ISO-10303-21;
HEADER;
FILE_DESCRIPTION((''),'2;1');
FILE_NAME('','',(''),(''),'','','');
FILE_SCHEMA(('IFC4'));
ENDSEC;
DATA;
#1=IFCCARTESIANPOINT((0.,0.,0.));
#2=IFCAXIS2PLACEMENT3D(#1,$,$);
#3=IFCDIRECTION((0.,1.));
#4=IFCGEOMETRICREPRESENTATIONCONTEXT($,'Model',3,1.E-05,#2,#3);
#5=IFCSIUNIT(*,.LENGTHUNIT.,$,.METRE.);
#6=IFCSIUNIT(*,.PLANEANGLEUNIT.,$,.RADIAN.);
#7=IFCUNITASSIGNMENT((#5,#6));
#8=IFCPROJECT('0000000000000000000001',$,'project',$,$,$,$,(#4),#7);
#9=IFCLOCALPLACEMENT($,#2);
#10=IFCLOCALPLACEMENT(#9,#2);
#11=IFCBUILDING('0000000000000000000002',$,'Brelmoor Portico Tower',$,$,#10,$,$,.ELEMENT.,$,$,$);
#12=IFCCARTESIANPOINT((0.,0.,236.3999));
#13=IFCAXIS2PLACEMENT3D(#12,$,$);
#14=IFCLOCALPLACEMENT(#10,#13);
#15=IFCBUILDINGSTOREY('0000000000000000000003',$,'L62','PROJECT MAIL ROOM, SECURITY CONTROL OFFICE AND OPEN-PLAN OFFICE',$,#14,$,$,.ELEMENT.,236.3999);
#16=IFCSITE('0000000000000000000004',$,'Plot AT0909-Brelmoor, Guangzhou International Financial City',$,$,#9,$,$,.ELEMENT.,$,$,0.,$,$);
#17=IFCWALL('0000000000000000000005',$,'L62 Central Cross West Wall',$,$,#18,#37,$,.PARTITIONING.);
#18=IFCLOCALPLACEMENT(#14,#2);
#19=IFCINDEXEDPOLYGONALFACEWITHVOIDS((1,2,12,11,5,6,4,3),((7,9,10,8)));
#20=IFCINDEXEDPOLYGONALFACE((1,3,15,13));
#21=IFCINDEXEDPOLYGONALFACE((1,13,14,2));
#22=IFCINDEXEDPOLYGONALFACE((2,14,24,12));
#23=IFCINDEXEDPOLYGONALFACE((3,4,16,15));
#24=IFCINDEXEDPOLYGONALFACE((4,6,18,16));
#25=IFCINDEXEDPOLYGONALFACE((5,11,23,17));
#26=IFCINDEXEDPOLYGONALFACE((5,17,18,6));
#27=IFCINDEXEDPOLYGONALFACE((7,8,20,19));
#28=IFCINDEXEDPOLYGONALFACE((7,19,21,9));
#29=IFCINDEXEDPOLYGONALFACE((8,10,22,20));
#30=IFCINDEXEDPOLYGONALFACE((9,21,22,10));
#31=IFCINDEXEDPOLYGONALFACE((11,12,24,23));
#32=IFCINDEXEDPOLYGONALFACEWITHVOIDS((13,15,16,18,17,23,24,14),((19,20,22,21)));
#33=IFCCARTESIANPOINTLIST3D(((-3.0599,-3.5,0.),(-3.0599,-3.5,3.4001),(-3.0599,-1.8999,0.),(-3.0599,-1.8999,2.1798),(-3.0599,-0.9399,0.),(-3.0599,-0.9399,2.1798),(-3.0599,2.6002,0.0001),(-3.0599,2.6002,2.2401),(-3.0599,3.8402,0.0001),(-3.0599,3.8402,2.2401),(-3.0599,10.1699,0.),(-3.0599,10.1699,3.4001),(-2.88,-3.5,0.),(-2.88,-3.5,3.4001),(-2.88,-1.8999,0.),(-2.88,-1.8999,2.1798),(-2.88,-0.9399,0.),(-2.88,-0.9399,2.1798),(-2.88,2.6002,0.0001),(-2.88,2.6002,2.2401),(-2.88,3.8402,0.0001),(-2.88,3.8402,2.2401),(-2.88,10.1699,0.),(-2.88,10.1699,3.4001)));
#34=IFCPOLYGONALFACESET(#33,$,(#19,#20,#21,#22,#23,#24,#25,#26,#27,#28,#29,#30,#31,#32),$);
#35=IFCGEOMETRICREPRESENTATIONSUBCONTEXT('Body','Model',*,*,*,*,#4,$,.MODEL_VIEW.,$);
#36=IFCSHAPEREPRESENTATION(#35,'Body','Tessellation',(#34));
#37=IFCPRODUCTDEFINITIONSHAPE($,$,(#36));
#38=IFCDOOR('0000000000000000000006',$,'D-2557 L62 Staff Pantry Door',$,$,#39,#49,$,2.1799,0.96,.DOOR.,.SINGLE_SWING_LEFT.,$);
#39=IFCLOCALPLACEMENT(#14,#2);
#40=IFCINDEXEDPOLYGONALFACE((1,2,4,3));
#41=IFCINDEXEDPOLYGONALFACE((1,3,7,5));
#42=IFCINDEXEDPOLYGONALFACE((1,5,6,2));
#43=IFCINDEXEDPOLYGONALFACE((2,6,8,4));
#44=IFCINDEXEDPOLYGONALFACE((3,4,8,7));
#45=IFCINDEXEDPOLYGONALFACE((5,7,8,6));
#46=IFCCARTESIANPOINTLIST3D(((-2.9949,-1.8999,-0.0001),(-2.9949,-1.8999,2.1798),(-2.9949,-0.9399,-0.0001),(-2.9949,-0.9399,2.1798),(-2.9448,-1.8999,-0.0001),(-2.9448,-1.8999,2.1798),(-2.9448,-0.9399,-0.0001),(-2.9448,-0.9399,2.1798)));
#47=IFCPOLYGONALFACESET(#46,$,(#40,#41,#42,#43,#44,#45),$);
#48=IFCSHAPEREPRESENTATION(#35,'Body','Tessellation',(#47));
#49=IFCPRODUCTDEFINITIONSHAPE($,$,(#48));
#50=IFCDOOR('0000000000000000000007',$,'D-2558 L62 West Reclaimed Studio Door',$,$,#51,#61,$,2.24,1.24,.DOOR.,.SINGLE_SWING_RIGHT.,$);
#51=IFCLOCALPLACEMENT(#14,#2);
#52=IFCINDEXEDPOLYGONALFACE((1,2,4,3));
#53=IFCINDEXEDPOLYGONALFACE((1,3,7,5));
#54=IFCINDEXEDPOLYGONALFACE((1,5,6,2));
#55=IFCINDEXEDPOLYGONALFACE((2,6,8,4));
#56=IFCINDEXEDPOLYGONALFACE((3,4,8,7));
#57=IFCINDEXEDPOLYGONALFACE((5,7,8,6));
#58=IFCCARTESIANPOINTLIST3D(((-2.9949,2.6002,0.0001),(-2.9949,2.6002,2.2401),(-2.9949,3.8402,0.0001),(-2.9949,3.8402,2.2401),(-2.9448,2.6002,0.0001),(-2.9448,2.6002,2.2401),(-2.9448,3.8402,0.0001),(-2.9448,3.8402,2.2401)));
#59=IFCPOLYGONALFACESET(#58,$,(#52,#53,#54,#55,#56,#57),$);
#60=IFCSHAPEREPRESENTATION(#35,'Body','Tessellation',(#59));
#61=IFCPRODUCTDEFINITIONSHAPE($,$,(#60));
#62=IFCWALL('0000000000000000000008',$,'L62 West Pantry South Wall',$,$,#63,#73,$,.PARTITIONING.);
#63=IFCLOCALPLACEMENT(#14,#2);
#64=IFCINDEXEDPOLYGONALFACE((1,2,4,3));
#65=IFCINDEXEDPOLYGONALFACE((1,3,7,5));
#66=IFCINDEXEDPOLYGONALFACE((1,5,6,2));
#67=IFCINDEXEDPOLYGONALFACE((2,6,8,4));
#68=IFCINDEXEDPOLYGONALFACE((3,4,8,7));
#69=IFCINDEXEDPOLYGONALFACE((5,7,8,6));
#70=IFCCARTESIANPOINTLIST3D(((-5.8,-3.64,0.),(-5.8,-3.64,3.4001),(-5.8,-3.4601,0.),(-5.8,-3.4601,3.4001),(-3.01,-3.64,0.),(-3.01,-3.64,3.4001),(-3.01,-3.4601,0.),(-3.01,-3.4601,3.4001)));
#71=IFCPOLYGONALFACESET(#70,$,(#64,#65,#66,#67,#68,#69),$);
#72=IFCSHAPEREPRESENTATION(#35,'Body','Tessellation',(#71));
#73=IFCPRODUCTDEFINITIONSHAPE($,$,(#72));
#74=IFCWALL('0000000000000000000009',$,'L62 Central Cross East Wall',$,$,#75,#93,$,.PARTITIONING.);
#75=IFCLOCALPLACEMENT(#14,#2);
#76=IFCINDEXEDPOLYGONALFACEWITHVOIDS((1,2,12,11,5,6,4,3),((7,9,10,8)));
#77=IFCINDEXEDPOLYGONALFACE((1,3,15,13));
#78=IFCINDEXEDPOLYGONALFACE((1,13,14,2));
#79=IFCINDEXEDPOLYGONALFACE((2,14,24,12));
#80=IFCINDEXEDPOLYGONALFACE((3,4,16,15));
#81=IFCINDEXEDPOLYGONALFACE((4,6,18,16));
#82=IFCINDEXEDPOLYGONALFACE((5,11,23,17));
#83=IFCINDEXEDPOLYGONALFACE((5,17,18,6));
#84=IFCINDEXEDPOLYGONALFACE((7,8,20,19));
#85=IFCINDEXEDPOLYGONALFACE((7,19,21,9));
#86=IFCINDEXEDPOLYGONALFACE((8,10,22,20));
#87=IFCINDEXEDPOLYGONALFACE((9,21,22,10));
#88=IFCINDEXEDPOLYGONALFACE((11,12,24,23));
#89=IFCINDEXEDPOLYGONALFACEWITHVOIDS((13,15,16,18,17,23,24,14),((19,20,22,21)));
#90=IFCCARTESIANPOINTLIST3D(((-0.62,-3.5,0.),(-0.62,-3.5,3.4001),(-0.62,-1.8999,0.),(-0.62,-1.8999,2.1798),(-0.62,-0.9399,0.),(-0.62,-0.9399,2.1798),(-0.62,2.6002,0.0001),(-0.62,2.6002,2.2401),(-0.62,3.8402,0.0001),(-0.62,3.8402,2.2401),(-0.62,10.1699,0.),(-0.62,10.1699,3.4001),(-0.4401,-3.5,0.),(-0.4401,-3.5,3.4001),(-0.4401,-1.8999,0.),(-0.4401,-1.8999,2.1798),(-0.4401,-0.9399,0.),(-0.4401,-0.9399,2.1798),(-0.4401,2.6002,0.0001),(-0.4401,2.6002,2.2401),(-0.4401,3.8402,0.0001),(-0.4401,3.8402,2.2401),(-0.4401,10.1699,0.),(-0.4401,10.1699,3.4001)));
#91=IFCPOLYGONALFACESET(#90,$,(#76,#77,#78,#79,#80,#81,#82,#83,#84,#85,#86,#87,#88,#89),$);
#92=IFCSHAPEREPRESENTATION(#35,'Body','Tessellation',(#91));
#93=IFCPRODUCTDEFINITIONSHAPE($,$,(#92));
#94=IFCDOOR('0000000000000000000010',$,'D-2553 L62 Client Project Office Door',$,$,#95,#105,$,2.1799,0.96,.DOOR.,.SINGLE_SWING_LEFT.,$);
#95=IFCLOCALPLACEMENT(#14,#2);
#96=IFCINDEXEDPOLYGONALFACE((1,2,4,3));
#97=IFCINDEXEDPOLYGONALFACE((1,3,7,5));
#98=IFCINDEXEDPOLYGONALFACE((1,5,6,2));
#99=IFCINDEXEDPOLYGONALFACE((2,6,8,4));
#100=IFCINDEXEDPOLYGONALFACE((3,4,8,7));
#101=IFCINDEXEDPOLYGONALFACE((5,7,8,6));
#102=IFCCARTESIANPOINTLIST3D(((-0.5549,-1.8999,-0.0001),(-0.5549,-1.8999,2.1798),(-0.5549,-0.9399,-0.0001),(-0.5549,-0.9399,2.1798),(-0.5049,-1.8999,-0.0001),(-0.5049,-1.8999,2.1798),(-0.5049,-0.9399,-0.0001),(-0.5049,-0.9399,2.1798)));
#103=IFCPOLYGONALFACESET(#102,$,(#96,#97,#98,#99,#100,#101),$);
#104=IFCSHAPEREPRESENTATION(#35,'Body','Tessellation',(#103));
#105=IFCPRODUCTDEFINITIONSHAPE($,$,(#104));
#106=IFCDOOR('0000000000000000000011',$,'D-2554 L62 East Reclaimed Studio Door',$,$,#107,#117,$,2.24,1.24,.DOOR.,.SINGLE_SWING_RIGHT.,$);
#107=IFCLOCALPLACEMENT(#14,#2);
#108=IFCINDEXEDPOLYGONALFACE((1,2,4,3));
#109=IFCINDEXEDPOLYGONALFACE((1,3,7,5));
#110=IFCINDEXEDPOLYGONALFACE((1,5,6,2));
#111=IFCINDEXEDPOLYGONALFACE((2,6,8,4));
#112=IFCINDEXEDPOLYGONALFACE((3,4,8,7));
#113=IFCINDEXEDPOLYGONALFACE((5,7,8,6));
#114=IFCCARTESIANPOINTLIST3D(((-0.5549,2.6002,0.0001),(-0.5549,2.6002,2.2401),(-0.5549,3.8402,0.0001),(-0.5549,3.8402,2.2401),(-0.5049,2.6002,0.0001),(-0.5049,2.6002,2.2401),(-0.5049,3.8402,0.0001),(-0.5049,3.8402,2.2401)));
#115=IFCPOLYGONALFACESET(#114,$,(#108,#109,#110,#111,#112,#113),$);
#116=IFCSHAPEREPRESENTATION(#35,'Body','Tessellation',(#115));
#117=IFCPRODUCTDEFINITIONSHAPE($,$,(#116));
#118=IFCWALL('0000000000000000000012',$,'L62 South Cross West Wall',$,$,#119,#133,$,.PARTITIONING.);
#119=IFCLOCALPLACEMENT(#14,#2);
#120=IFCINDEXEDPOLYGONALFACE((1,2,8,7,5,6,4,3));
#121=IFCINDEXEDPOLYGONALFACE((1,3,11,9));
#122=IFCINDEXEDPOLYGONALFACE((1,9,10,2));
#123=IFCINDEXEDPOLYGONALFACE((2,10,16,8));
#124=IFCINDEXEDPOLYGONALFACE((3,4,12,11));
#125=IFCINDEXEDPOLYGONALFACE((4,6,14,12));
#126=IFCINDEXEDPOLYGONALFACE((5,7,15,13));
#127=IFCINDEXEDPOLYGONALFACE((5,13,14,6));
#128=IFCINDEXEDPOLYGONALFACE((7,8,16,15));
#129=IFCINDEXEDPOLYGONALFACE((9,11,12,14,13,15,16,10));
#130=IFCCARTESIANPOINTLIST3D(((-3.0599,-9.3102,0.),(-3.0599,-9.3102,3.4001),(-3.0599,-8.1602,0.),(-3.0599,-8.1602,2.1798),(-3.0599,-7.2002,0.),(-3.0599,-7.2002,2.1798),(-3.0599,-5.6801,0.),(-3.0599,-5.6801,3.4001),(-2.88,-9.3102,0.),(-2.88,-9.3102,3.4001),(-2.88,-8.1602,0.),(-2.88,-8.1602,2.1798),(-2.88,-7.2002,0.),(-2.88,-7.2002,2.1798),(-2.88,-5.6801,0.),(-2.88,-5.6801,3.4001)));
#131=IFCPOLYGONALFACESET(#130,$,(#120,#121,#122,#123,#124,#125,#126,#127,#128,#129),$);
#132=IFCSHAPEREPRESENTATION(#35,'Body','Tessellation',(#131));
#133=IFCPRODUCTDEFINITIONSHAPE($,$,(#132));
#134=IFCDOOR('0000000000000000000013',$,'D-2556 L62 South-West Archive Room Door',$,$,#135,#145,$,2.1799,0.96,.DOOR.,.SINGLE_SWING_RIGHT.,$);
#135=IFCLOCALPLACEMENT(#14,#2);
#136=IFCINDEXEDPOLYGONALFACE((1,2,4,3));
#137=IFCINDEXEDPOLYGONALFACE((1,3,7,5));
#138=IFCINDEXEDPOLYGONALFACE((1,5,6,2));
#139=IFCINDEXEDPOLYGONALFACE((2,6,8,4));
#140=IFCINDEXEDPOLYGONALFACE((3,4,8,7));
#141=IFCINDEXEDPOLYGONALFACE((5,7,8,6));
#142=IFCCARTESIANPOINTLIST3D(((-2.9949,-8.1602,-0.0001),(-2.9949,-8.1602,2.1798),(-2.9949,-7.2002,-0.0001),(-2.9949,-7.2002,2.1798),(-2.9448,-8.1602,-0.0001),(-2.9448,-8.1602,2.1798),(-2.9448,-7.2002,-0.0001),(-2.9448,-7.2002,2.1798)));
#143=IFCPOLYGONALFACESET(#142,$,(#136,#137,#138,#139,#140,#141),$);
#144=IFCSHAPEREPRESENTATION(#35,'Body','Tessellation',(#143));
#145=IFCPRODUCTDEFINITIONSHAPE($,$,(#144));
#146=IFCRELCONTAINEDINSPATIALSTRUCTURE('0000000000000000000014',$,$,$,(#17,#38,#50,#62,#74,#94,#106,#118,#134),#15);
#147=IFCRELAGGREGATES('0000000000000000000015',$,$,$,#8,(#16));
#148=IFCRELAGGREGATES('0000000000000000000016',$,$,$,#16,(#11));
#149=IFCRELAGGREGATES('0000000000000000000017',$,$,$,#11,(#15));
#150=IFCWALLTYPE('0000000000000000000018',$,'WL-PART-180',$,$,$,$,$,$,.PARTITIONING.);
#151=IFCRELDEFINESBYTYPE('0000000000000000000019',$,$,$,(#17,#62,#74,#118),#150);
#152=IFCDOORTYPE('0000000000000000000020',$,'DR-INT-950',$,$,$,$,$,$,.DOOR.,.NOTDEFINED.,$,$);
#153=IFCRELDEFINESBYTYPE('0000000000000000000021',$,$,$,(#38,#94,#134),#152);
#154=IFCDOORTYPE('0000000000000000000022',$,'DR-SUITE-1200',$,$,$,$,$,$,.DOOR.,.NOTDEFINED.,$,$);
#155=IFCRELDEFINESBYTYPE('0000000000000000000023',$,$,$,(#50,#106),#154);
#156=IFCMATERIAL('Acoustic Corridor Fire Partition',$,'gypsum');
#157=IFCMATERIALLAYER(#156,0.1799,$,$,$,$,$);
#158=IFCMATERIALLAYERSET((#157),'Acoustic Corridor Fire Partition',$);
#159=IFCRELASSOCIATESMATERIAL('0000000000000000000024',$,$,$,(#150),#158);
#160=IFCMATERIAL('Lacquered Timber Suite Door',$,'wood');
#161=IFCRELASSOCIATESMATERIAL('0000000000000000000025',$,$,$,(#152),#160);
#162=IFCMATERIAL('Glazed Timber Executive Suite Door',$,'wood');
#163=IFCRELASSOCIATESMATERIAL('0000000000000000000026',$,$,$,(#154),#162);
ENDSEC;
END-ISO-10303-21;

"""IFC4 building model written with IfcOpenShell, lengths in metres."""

from ifc_helpers import new_model, si_unit, direction, frame, frame_2d, origin, place, context, subcontext, project, spatial, rectangle, extrude, material, layer, layer_set, type_object, element, fill, save


model = new_model("IFC4")

# Units and contexts
model_context = context("Model", 3, precision=1e-05, world=origin(), true_north=direction((0.0, 1.0)))
body_context = subcontext(model_context, "Body", "Model", "MODEL_VIEW")
ifc_project = project(units=[si_unit("LENGTHUNIT", "METRE"), si_unit("PLANEANGLEUNIT", "RADIAN")], contexts=[model_context])

# Site, building, storey
site_placement = place(None, origin())
site = spatial("IfcSite", under=ifc_project, at=site_placement, Name="Plot AT0909-Brelmoor, Guangzhou International Financial City", CompositionType="ELEMENT", RefElevation=0.0)
building_placement = place(site_placement, origin())
building = spatial("IfcBuilding", under=site, at=building_placement, Name="Brelmoor Portico Tower", CompositionType="ELEMENT")
storey_placement = place(building_placement, frame((0.0, 0.0, 236.3999)))
storey = spatial("IfcBuildingStorey", under=building, at=storey_placement, Name="L62", Description="PROJECT MAIL ROOM, SECURITY CONTROL OFFICE AND OPEN-PLAN OFFICE", CompositionType="ELEMENT", Elevation=236.3999)

# Wall, openings, doors
ifc_material_1 = material(Name="Acoustic Corridor Fire Partition", Category="gypsum")
ifc_layer_1 = layer(ifc_material_1, 0.1799)
ifc_layer_set_1 = layer_set([ifc_layer_1], Name="Acoustic Corridor Fire Partition")
wall_type_1 = type_object("IfcWallType", Name="WL-PART-180", PredefinedType="PARTITIONING", material=ifc_layer_set_1)
wall_1_placement = place(storey_placement, frame((-2.97, -3.5, 0.0), z_axis=(0.0, 0.0, 1.0), x_axis=(0.0, 1.0, 0.0)))
wall_1 = element("IfcWall", 1, at=wall_1_placement, inside=storey, type_object=wall_type_1, Name="L62 Central Cross West Wall", PredefinedType="PARTITIONING", context=body_context, shape_type="SweptSolid", body=[
    extrude(rectangle(XDim=13.6699, YDim=0.1799, at=frame_2d((6.835, 0.0))), origin(), (0.0, 0.0, 1.0), 3.4001),
])
opening_1_placement = place(wall_1_placement, frame((6.1001, 0.0, 0.0)))
opening_1 = element("IfcOpeningElement", 2, at=opening_1_placement, cuts=wall_1, PredefinedType="OPENING", context=body_context, shape_type="SweptSolid", body=[
    extrude(rectangle(XDim=1.24, YDim=2.24, at=frame_2d((0.6201, 1.1201))), frame((0.0, 0.0999, 0.0), z_axis=(0.0, -1.0, 0.0), x_axis=(1.0, 0.0, 0.0)), (0.0, 0.0, 1.0), 0.2),
])
opening_2_placement = place(wall_1_placement, frame((1.6001, 0.0, 0.0)))
opening_2 = element("IfcOpeningElement", 3, at=opening_2_placement, cuts=wall_1, PredefinedType="OPENING", context=body_context, shape_type="SweptSolid", body=[
    extrude(rectangle(XDim=0.96, YDim=2.1799, at=frame_2d((0.48, 1.0898))), frame((0.0, 0.0999, 0.0), z_axis=(0.0, -1.0, 0.0), x_axis=(1.0, 0.0, 0.0)), (0.0, 0.0, 1.0), 0.2),
])
ifc_material_2 = material(Name="Lacquered Timber Suite Door", Category="wood")
door_type_1 = type_object("IfcDoorType", Name="DR-INT-950", OperationType="NOTDEFINED", PredefinedType="DOOR", material=ifc_material_2)
door_1_placement = place(opening_2_placement, origin())
door_1 = element("IfcDoor", 4, at=door_1_placement, inside=storey, type_object=door_type_1, Name="D-2557 L62 Staff Pantry Door", OperationType="SINGLE_SWING_LEFT", OverallHeight=2.1799, OverallWidth=0.96, PredefinedType="DOOR", context=body_context, shape_type="SweptSolid", body=[
    extrude(rectangle(XDim=0.96, YDim=2.1799, at=frame_2d((0.48, 1.0898))), frame((0.0, 0.0249, 0.0), z_axis=(0.0, -1.0, 0.0), x_axis=(1.0, 0.0, 0.0)), (0.0, 0.0, 1.0), 0.05),
])
fill(opening_2, door_1)
ifc_material_3 = material(Name="Glazed Timber Executive Suite Door", Category="wood")
door_type_2 = type_object("IfcDoorType", Name="DR-SUITE-1200", OperationType="NOTDEFINED", PredefinedType="DOOR", material=ifc_material_3)
door_2_placement = place(opening_1_placement, origin())
door_2 = element("IfcDoor", 5, at=door_2_placement, inside=storey, type_object=door_type_2, Name="D-2558 L62 West Reclaimed Studio Door", OperationType="SINGLE_SWING_RIGHT", OverallHeight=2.24, OverallWidth=1.24, PredefinedType="DOOR", context=body_context, shape_type="SweptSolid", body=[
    extrude(rectangle(XDim=1.24, YDim=2.24, at=frame_2d((0.6201, 1.1201))), frame((0.0, 0.0249, 0.0), z_axis=(0.0, -1.0, 0.0), x_axis=(1.0, 0.0, 0.0)), (0.0, 0.0, 1.0), 0.05),
])
fill(opening_1, door_2)

# Wall
wall_2_placement = place(storey_placement, frame((-5.8, -3.55, 0.0), z_axis=(0.0, 0.0, 1.0), x_axis=(1.0, 0.0, 0.0)))
element("IfcWall", 6, at=wall_2_placement, inside=storey, type_object=wall_type_1, Name="L62 West Pantry South Wall", PredefinedType="PARTITIONING", context=body_context, shape_type="SweptSolid", body=[
    extrude(rectangle(XDim=2.79, YDim=0.1799, at=frame_2d((1.395, 0.0))), origin(), (0.0, 0.0, 1.0), 3.4001),
])

# Wall, openings, doors
wall_3_placement = place(storey_placement, frame((-0.53, -3.5, 0.0), z_axis=(0.0, 0.0, 1.0), x_axis=(0.0, 1.0, 0.0)))
wall_3 = element("IfcWall", 7, at=wall_3_placement, inside=storey, type_object=wall_type_1, Name="L62 Central Cross East Wall", PredefinedType="PARTITIONING", context=body_context, shape_type="SweptSolid", body=[
    extrude(rectangle(XDim=13.6699, YDim=0.1799, at=frame_2d((6.835, 0.0))), origin(), (0.0, 0.0, 1.0), 3.4001),
])
opening_3_placement = place(wall_3_placement, frame((6.1001, 0.0, 0.0)))
opening_3 = element("IfcOpeningElement", 8, at=opening_3_placement, cuts=wall_3, PredefinedType="OPENING", context=body_context, shape_type="SweptSolid", body=[
    extrude(rectangle(XDim=1.24, YDim=2.24, at=frame_2d((0.6201, 1.1201))), frame((0.0, 0.0999, 0.0), z_axis=(0.0, -1.0, 0.0), x_axis=(1.0, 0.0, 0.0)), (0.0, 0.0, 1.0), 0.2),
])
opening_4_placement = place(wall_3_placement, frame((1.6001, 0.0, 0.0)))
opening_4 = element("IfcOpeningElement", 9, at=opening_4_placement, cuts=wall_3, PredefinedType="OPENING", context=body_context, shape_type="SweptSolid", body=[
    extrude(rectangle(XDim=0.96, YDim=2.1799, at=frame_2d((0.48, 1.0898))), frame((0.0, 0.0999, 0.0), z_axis=(0.0, -1.0, 0.0), x_axis=(1.0, 0.0, 0.0)), (0.0, 0.0, 1.0), 0.2),
])
door_3_placement = place(opening_4_placement, origin())
door_3 = element("IfcDoor", 10, at=door_3_placement, inside=storey, type_object=door_type_1, Name="D-2553 L62 Client Project Office Door", OperationType="SINGLE_SWING_LEFT", OverallHeight=2.1799, OverallWidth=0.96, PredefinedType="DOOR", context=body_context, shape_type="SweptSolid", body=[
    extrude(rectangle(XDim=0.96, YDim=2.1799, at=frame_2d((0.48, 1.0898))), frame((0.0, 0.0249, 0.0), z_axis=(0.0, -1.0, 0.0), x_axis=(1.0, 0.0, 0.0)), (0.0, 0.0, 1.0), 0.05),
])
fill(opening_4, door_3)
door_4_placement = place(opening_3_placement, origin())
door_4 = element("IfcDoor", 11, at=door_4_placement, inside=storey, type_object=door_type_2, Name="D-2554 L62 East Reclaimed Studio Door", OperationType="SINGLE_SWING_RIGHT", OverallHeight=2.24, OverallWidth=1.24, PredefinedType="DOOR", context=body_context, shape_type="SweptSolid", body=[
    extrude(rectangle(XDim=1.24, YDim=2.24, at=frame_2d((0.6201, 1.1201))), frame((0.0, 0.0249, 0.0), z_axis=(0.0, -1.0, 0.0), x_axis=(1.0, 0.0, 0.0)), (0.0, 0.0, 1.0), 0.05),
])
fill(opening_3, door_4)

# Wall, opening, door
wall_4_placement = place(storey_placement, frame((-2.97, -9.3101, 0.0), z_axis=(0.0, 0.0, 1.0), x_axis=(0.0, 1.0, 0.0)))
wall_4 = element("IfcWall", 12, at=wall_4_placement, inside=storey, type_object=wall_type_1, Name="L62 South Cross West Wall", PredefinedType="PARTITIONING", context=body_context, shape_type="SweptSolid", body=[
    extrude(rectangle(XDim=3.6301, YDim=0.1799, at=frame_2d((1.8149, 0.0))), origin(), (0.0, 0.0, 1.0), 3.4001),
])
opening_5_placement = place(wall_4_placement, frame((1.1499, 0.0, 0.0)))
opening_5 = element("IfcOpeningElement", 13, at=opening_5_placement, cuts=wall_4, PredefinedType="OPENING", context=body_context, shape_type="SweptSolid", body=[
    extrude(rectangle(XDim=0.96, YDim=2.1799, at=frame_2d((0.48, 1.0898))), frame((0.0, 0.0999, 0.0), z_axis=(0.0, -1.0, 0.0), x_axis=(1.0, 0.0, 0.0)), (0.0, 0.0, 1.0), 0.2),
])
door_5_placement = place(opening_5_placement, origin())
door_5 = element("IfcDoor", 14, at=door_5_placement, inside=storey, type_object=door_type_1, Name="D-2556 L62 South-West Archive Room Door", OperationType="SINGLE_SWING_RIGHT", OverallHeight=2.1799, OverallWidth=0.96, PredefinedType="DOOR", context=body_context, shape_type="SweptSolid", body=[
    extrude(rectangle(XDim=0.96, YDim=2.1799, at=frame_2d((0.48, 1.0898))), frame((0.0, 0.0249, 0.0), z_axis=(0.0, -1.0, 0.0), x_axis=(1.0, 0.0, 0.0)), (0.0, 0.0, 1.0), 0.05),
])
fill(opening_5, door_5)

save(model, "model.ifc")
